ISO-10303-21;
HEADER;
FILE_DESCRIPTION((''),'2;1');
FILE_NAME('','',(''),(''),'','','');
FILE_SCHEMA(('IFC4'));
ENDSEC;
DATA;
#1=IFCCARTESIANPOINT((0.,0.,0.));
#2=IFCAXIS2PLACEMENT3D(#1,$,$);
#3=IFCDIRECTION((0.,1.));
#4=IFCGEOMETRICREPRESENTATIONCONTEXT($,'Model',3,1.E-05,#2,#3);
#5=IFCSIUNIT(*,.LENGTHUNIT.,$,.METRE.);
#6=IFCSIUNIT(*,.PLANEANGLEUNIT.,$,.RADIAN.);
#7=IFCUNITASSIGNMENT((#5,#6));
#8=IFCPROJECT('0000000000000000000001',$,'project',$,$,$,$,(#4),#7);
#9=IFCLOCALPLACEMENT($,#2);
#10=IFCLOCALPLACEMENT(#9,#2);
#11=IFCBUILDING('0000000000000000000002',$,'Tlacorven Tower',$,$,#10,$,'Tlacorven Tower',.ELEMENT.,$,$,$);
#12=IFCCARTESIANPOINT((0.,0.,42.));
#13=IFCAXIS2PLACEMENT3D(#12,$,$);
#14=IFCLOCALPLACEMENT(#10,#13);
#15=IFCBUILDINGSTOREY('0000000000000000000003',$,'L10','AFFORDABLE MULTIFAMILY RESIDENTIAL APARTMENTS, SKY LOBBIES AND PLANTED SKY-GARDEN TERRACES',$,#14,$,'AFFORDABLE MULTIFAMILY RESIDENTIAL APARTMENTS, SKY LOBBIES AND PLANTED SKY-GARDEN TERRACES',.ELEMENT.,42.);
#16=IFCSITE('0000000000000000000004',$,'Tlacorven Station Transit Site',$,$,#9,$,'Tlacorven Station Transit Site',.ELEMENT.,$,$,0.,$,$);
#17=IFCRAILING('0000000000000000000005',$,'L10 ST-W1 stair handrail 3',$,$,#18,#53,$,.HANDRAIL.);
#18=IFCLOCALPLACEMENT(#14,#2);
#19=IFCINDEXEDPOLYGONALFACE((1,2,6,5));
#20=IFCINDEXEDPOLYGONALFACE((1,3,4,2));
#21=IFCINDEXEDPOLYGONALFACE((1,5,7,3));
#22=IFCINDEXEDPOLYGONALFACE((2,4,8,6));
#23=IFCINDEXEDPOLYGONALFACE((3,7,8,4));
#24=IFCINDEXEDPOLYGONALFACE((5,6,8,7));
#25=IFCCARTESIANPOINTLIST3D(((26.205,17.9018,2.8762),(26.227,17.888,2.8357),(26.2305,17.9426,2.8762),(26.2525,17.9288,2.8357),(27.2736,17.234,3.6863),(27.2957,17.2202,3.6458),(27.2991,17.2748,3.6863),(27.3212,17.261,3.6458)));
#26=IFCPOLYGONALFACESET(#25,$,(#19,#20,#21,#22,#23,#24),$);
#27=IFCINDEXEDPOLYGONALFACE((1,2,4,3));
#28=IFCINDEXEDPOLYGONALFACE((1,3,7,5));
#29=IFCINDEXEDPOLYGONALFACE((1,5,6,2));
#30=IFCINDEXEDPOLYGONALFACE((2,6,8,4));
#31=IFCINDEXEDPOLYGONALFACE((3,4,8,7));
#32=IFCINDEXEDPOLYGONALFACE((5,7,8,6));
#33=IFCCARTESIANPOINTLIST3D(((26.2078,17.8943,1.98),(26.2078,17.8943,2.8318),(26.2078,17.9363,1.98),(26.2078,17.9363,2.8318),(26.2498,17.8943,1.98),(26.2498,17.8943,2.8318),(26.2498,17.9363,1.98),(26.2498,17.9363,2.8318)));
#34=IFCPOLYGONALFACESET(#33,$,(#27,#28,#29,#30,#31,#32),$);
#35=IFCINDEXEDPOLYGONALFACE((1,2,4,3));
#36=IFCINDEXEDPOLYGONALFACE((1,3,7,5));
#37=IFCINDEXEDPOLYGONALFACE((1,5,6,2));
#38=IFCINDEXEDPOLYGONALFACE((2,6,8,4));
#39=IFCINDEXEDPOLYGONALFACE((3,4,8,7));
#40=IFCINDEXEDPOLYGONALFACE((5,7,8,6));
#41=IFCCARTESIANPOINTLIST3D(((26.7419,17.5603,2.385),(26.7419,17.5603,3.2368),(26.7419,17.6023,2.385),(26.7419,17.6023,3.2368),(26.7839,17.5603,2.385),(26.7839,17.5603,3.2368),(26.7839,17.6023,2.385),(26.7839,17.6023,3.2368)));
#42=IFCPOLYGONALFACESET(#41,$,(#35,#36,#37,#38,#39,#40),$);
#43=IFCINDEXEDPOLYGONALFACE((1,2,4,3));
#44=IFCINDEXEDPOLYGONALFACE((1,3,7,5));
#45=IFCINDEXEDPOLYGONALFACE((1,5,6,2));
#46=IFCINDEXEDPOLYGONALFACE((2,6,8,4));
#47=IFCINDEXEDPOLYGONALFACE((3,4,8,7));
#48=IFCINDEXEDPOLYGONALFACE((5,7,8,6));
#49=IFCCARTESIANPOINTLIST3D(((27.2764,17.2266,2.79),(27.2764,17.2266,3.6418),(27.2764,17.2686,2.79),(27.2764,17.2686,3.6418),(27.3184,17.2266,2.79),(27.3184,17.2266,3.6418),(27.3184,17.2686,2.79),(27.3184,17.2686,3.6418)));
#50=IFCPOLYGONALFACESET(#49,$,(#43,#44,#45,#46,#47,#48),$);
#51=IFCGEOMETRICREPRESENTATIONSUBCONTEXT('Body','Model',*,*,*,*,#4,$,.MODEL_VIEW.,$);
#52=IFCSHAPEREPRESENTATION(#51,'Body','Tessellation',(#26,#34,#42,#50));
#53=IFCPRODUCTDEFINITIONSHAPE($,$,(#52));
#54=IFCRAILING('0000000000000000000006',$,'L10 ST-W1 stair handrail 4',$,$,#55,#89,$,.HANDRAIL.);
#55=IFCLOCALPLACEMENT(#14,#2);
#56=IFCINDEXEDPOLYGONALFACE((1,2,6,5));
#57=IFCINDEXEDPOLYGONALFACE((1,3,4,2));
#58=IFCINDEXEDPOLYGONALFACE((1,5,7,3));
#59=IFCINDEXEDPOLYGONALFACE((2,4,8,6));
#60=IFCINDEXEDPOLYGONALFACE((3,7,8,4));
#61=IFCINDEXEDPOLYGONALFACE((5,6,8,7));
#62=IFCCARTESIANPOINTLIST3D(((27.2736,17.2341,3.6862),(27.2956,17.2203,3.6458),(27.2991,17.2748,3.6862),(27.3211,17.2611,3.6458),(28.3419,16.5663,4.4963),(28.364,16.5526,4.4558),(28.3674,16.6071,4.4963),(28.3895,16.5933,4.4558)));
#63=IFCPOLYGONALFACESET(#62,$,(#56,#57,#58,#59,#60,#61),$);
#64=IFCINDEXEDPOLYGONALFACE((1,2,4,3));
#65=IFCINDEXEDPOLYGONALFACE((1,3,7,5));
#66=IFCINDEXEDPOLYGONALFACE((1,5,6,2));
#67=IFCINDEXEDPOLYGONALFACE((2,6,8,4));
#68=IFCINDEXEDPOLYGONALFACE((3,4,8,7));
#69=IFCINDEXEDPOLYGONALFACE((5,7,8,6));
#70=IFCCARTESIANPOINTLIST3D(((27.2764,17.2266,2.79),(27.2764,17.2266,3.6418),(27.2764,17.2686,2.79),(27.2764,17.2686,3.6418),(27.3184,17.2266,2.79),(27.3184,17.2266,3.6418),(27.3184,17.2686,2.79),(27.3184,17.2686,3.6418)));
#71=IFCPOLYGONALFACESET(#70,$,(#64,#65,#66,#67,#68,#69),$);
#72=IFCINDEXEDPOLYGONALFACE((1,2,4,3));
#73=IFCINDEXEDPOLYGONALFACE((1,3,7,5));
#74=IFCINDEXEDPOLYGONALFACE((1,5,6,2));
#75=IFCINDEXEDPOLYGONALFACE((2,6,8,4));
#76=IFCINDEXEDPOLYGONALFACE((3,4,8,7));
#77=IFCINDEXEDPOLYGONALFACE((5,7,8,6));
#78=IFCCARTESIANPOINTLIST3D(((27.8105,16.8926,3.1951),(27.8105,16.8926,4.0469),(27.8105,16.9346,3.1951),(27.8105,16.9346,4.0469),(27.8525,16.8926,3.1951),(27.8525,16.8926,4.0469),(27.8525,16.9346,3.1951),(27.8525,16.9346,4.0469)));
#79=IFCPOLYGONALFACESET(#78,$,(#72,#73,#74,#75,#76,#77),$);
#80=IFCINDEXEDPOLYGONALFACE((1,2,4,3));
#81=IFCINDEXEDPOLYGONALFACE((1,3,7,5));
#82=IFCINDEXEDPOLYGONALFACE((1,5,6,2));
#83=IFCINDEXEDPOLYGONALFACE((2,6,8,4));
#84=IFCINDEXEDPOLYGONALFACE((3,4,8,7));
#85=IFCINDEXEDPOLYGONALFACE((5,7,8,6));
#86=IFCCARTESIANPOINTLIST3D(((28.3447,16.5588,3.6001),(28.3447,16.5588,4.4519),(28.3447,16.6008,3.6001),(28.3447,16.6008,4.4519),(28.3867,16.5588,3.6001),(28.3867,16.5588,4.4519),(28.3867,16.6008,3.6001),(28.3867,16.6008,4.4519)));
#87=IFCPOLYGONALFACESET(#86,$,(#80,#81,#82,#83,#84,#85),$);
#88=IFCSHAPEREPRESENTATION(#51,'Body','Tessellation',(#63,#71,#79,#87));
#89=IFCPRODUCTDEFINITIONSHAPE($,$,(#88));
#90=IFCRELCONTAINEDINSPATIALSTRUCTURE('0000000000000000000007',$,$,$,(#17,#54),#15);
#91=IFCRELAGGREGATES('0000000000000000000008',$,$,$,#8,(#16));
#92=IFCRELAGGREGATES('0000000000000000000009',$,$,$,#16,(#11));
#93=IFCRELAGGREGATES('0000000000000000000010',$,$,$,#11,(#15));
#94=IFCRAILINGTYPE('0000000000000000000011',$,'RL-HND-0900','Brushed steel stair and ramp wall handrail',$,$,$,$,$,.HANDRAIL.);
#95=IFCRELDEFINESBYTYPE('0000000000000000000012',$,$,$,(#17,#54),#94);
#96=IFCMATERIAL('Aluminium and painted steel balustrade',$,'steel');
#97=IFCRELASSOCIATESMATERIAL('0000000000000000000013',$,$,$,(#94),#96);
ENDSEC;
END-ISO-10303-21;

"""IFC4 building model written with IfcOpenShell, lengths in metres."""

from ifc_helpers import new_model, si_unit, direction, frame, origin, origin_2d, place, context, subcontext, project, spatial, rectangle, extrude, source, transform, mapped, material, type_object, element, save


model = new_model("IFC4")

# Units and contexts
model_context = context("Model", 3, precision=1e-05, world=origin(), true_north=direction((0.0, 1.0)))
body_context = subcontext(model_context, "Body", "Model", "MODEL_VIEW")
ifc_project = project(units=[si_unit("LENGTHUNIT", "METRE"), si_unit("PLANEANGLEUNIT", "RADIAN")], contexts=[model_context])

# Site, building, storey
site_placement = place(None, origin())
site = spatial("IfcSite", under=ifc_project, at=site_placement, Name="Tlacorven Station Transit Site", LongName="Tlacorven Station Transit Site", CompositionType="ELEMENT", RefElevation=0.0)
building_placement = place(site_placement, origin())
building = spatial("IfcBuilding", under=site, at=building_placement, Name="Tlacorven Tower", LongName="Tlacorven Tower", CompositionType="ELEMENT")
storey_placement = place(building_placement, frame((0.0, 0.0, 42.0)))
storey = spatial("IfcBuildingStorey", under=building, at=storey_placement, Name="L10", Description="AFFORDABLE MULTIFAMILY RESIDENTIAL APARTMENTS, SKY LOBBIES AND PLANTED SKY-GARDEN TERRACES", LongName="AFFORDABLE MULTIFAMILY RESIDENTIAL APARTMENTS, SKY LOBBIES AND PLANTED SKY-GARDEN TERRACES", CompositionType="ELEMENT", Elevation=42.0)

# Railings
ifc_material_1 = material(Name="Aluminium and painted steel balustrade", Category="steel")
railing_type_1 = type_object("IfcRailingType", Name="RL-HND-0900", Description="Brushed steel stair and ramp wall handrail", PredefinedType="HANDRAIL", material=ifc_material_1)
shared_shape_1 = source(origin(), body_context, "Body", "SweptSolid", [
    extrude(rectangle(XDim=0.0481, YDim=0.0481, at=origin_2d()), frame((0.0, 0.0, 0.876), z_axis=(0.71336, -0.445748, 0.540765), x_axis=(0.529912, 0.848053, 0.0)), (0.0, 0.0, 1.0), 1.498),
    extrude(rectangle(XDim=0.042, YDim=0.042, at=origin_2d()), origin(), (0.0, 0.0, 1.0), 0.8518),
    extrude(rectangle(XDim=0.042, YDim=0.042, at=origin_2d()), frame((0.5342, -0.334, 0.405)), (0.0, 0.0, 1.0), 0.8518),
    extrude(rectangle(XDim=0.042, YDim=0.042, at=origin_2d()), frame((1.0686, -0.6677, 0.8101)), (0.0, 0.0, 1.0), 0.8518),
])
railing_1_placement = place(storey_placement, frame((26.2288, 17.9153, 1.98)))
element("IfcRailing", 1, at=railing_1_placement, inside=storey, type_object=railing_type_1, Name="L10 ST-W1 stair handrail 3", PredefinedType="HANDRAIL", context=body_context, shape_type="MappedRepresentation", body=[
    mapped(shared_shape_1, transform((0.0, 0.0, 0.0), scale=1.0)),
])
shared_shape_2 = source(origin(), body_context, "Body", "SweptSolid", [
    extrude(rectangle(XDim=0.0481, YDim=0.0481, at=origin_2d()), frame((0.0, 0.0, 0.876), z_axis=(0.71328, -0.4458, 0.540828), x_axis=(0.529999, 0.847998, 0.0)), (0.0, 0.0, 1.0), 1.4978),
    extrude(rectangle(XDim=0.042, YDim=0.042, at=origin_2d()), origin(), (0.0, 0.0, 1.0), 0.8518),
    extrude(rectangle(XDim=0.042, YDim=0.042, at=origin_2d()), frame((0.5342, -0.334, 0.405)), (0.0, 0.0, 1.0), 0.8518),
    extrude(rectangle(XDim=0.042, YDim=0.042, at=origin_2d()), frame((1.0684, -0.6677, 0.8101)), (0.0, 0.0, 1.0), 0.8518),
])
railing_2_placement = place(storey_placement, frame((27.2974, 17.2476, 2.79)))
element("IfcRailing", 2, at=railing_2_placement, inside=storey, type_object=railing_type_1, Name="L10 ST-W1 stair handrail 4", PredefinedType="HANDRAIL", context=body_context, shape_type="MappedRepresentation", body=[
    mapped(shared_shape_2, transform((0.0, 0.0, 0.0), scale=1.0)),
])

save(model, "model.ifc")
